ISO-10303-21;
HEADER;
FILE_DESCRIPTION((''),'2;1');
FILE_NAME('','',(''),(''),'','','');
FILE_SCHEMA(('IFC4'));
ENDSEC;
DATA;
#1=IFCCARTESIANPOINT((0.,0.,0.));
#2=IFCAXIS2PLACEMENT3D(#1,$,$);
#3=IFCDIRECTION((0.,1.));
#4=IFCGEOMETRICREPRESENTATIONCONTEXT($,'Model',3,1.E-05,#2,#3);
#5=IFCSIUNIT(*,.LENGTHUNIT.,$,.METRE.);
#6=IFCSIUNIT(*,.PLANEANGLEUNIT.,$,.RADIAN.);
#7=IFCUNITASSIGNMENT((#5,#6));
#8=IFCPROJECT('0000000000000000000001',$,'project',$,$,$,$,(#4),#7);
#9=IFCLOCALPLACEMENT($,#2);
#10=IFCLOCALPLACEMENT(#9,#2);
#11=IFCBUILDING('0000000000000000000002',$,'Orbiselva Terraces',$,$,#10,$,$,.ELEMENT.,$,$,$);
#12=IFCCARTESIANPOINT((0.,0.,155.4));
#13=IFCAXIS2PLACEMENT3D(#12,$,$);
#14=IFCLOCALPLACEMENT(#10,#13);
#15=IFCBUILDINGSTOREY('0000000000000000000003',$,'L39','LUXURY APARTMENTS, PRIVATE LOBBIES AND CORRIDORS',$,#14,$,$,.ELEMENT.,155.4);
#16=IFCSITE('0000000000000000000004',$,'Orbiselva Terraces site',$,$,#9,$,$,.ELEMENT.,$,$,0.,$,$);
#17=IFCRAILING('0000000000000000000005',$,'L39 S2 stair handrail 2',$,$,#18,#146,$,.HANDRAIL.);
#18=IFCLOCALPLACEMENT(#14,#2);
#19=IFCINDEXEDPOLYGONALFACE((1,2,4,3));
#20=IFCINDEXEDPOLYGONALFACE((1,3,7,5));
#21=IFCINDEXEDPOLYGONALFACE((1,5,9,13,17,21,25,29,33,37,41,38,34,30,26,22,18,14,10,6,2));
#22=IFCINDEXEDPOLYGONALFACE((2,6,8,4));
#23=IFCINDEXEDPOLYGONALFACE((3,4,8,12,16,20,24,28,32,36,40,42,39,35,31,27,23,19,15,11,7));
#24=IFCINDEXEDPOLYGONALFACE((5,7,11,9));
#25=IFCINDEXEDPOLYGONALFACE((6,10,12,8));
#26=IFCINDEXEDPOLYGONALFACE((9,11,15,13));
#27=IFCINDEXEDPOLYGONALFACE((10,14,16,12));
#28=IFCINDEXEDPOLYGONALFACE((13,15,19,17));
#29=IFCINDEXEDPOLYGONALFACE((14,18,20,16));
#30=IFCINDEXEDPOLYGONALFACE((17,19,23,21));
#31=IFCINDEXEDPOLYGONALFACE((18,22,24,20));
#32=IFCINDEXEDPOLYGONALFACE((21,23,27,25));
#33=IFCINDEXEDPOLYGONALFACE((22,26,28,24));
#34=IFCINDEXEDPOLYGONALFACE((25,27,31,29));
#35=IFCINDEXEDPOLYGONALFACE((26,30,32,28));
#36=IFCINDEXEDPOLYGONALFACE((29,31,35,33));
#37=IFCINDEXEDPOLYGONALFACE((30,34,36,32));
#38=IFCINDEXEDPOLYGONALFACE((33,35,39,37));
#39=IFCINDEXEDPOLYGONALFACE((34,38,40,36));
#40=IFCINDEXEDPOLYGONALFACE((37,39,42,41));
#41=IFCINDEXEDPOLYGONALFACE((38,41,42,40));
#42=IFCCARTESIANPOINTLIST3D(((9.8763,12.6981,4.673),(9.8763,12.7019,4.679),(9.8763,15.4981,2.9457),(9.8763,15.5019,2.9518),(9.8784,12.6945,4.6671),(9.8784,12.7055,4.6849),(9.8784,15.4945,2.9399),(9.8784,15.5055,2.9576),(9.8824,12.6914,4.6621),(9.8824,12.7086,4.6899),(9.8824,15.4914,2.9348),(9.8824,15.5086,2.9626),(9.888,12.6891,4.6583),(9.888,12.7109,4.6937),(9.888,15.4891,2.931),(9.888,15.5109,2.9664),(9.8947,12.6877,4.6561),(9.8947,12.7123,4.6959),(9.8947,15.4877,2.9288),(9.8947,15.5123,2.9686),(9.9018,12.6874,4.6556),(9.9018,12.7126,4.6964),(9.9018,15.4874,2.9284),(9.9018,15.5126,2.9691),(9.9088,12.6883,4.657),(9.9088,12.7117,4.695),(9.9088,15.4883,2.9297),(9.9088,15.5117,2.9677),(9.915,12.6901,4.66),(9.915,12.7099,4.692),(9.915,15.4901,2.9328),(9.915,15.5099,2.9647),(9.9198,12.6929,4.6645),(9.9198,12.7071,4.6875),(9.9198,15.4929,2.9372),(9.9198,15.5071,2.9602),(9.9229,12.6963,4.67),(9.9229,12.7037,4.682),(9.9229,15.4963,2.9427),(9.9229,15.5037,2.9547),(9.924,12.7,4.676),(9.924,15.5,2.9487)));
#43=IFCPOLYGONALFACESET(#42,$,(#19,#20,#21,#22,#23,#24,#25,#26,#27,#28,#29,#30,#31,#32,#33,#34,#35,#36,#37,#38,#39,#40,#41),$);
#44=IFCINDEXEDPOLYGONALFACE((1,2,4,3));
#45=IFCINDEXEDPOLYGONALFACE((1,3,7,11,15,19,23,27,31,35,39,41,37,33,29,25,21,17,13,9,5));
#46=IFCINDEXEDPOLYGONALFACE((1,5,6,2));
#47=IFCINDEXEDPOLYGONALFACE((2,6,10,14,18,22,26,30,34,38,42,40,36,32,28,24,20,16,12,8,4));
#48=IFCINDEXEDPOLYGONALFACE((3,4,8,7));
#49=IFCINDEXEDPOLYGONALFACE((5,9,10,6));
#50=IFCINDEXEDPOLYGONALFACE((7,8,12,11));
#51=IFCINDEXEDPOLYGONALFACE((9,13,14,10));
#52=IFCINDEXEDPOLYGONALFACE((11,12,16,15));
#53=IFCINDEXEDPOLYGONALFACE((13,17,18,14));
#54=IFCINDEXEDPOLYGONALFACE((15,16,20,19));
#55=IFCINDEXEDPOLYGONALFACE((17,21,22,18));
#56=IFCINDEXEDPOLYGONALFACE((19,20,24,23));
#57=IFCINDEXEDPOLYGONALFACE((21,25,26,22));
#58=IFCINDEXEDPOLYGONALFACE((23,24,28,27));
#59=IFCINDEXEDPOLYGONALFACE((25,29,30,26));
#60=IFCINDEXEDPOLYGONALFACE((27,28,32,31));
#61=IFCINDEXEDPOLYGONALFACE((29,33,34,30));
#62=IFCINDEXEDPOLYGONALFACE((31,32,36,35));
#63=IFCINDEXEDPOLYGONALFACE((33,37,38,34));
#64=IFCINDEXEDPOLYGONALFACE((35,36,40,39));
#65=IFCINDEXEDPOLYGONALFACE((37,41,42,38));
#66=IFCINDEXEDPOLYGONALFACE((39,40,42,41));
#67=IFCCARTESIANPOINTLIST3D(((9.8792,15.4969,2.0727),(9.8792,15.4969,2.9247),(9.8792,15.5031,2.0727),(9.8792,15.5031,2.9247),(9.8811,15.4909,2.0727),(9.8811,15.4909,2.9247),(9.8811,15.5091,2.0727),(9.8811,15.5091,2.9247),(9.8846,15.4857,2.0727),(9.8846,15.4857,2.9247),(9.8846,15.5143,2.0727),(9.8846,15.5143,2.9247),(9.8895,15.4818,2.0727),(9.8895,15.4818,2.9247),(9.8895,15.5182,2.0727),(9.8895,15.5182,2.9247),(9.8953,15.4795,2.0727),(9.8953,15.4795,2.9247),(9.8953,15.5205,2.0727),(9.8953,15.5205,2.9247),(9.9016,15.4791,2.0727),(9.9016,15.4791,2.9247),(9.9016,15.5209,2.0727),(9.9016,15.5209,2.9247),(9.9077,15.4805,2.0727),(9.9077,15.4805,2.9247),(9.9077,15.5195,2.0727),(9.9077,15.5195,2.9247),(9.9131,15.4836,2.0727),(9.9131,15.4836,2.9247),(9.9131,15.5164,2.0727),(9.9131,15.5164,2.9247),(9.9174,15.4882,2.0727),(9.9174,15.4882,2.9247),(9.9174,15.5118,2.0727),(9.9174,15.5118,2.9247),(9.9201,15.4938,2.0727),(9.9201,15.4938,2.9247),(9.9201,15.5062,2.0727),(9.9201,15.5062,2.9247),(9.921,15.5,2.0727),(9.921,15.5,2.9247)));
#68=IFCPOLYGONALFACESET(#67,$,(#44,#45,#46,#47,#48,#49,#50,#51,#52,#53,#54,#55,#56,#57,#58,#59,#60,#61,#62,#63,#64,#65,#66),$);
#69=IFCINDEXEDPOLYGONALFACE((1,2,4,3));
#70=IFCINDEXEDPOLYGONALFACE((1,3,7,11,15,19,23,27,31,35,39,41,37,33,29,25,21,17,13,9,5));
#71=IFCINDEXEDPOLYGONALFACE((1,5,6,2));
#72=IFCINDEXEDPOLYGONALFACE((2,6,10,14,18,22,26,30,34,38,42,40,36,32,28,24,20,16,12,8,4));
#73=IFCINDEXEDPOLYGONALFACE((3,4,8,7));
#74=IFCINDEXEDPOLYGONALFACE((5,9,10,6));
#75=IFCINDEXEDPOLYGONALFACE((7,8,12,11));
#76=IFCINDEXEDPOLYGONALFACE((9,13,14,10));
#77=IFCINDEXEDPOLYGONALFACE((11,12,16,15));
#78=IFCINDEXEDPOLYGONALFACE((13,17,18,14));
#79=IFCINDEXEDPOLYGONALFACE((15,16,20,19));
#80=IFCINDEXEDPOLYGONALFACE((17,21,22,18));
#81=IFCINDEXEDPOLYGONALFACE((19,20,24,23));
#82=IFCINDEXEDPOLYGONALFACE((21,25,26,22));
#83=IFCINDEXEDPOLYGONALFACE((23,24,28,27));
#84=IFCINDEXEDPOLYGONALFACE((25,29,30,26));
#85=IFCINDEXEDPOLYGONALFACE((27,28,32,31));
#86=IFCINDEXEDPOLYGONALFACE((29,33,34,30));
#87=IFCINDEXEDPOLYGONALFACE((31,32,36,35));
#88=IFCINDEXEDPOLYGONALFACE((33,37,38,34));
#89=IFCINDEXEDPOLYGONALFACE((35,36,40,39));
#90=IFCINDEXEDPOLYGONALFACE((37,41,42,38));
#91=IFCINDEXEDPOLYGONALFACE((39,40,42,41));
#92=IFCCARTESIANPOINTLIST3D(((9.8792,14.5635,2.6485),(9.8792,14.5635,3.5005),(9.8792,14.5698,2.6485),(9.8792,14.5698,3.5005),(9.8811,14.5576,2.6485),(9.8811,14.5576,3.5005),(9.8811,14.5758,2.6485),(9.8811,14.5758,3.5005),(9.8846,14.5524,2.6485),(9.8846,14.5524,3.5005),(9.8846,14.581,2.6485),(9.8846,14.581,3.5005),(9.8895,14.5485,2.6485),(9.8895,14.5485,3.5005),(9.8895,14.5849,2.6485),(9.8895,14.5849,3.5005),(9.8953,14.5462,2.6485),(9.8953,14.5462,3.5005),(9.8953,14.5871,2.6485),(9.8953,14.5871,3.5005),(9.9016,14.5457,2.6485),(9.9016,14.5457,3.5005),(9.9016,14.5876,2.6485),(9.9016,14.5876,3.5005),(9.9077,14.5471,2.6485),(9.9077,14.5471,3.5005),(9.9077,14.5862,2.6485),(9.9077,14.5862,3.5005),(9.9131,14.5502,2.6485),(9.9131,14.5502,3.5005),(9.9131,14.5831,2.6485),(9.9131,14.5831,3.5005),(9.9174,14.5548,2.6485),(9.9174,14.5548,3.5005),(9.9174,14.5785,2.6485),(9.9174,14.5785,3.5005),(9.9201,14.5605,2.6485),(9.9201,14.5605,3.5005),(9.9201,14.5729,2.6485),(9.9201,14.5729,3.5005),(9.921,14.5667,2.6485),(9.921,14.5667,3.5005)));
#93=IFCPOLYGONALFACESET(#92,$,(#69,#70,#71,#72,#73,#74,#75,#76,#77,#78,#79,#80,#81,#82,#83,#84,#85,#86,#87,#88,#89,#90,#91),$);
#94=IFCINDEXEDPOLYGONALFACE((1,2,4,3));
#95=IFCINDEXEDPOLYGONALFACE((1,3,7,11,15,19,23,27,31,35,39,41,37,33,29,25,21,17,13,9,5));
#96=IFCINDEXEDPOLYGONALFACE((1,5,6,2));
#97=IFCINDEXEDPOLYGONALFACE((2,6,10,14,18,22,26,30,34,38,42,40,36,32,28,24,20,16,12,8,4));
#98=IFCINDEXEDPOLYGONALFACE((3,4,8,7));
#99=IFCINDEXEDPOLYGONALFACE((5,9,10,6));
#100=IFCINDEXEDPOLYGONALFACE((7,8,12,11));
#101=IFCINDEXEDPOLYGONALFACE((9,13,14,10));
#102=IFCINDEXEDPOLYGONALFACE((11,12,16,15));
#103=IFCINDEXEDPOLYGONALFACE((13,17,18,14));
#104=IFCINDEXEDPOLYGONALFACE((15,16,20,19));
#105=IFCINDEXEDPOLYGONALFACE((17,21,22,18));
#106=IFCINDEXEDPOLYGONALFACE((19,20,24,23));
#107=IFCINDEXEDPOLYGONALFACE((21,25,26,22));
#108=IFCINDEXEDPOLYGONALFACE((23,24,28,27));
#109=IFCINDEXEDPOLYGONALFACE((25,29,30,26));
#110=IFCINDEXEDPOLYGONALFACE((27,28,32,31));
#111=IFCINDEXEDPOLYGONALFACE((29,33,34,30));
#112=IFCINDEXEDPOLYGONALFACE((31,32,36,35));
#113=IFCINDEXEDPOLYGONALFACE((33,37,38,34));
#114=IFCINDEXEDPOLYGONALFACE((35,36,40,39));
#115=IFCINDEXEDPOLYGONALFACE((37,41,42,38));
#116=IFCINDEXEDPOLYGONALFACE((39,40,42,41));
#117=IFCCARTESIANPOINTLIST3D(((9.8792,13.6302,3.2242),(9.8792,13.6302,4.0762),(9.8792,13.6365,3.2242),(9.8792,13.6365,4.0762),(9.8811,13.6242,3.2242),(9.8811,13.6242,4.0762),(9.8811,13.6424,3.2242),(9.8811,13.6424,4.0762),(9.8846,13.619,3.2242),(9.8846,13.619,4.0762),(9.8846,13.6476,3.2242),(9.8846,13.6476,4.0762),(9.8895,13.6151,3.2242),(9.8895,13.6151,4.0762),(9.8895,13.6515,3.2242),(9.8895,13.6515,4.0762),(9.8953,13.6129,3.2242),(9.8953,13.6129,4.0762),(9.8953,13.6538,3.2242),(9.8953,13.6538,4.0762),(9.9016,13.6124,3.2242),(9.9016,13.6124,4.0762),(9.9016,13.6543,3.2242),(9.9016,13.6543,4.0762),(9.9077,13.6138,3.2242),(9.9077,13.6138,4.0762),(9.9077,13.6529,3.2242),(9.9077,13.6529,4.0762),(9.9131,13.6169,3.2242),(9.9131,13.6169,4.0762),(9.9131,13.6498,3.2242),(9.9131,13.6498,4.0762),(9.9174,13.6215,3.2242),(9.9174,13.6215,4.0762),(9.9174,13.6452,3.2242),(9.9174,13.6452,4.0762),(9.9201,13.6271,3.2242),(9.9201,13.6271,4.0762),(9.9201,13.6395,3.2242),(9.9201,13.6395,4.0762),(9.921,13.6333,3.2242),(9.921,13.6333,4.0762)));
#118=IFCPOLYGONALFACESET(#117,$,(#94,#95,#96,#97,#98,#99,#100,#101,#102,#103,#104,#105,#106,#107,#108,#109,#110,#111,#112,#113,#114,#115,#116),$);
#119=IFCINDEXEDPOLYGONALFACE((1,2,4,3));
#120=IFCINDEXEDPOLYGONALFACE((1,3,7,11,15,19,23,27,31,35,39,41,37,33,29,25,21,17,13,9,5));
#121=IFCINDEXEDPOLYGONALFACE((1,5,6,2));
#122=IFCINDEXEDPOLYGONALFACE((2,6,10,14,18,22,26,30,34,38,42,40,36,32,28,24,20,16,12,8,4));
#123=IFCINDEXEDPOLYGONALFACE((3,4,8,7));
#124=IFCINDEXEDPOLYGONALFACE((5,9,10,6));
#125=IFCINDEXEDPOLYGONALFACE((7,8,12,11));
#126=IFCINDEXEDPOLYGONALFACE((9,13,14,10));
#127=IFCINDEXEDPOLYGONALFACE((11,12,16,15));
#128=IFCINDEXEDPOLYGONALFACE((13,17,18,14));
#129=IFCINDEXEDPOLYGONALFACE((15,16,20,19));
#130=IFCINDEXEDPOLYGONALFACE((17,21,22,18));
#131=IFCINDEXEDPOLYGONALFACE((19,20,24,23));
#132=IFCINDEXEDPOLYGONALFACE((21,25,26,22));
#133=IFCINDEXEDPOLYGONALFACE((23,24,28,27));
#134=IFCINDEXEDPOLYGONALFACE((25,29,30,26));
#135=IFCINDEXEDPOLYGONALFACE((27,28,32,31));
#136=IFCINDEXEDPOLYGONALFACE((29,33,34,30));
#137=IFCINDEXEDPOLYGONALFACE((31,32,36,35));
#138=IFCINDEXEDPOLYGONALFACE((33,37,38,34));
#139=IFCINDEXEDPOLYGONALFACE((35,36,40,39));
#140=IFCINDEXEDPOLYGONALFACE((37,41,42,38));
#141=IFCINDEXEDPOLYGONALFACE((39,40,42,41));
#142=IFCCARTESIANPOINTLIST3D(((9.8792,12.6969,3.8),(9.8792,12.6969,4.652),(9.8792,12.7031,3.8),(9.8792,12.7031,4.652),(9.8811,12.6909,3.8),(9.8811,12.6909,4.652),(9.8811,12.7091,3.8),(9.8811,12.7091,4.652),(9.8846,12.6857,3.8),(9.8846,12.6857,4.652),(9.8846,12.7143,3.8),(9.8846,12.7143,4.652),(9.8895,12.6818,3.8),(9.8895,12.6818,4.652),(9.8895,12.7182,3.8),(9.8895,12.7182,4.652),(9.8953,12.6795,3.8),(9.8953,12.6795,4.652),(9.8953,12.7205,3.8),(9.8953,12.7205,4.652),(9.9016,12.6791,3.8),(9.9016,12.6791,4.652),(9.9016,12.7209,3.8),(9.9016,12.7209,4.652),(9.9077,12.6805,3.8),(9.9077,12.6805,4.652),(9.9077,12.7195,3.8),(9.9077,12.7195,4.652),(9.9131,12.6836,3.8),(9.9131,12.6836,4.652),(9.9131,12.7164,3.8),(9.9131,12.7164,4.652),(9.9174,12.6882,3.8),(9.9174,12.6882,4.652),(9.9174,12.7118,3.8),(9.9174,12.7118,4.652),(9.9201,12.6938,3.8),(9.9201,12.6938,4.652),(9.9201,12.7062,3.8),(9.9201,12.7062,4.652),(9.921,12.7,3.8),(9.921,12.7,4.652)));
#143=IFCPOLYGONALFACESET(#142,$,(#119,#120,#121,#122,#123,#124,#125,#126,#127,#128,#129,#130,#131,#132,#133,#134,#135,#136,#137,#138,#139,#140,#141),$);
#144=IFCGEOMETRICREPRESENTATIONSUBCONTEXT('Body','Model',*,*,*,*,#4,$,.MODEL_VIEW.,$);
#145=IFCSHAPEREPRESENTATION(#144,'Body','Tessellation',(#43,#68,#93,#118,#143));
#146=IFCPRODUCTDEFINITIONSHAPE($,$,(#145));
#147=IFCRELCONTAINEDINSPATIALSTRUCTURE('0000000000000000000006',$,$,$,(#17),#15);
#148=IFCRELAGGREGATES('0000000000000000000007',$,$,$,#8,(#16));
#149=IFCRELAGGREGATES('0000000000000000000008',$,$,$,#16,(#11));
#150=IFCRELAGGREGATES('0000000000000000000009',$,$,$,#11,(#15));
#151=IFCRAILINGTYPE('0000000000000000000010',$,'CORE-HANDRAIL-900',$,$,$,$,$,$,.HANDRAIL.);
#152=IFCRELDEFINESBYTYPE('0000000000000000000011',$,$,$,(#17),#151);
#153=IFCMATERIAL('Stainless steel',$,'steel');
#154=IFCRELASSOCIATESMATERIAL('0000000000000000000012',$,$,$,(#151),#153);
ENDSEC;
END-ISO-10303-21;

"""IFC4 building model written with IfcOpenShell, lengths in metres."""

from ifc_helpers import new_model, si_unit, direction, frame, origin, origin_2d, place, context, subcontext, project, spatial, circle, extrude, material, type_object, element, save


model = new_model("IFC4")

# Units and contexts
model_context = context("Model", 3, precision=1e-05, world=origin(), true_north=direction((0.0, 1.0)))
body_context = subcontext(model_context, "Body", "Model", "MODEL_VIEW")
ifc_project = project(units=[si_unit("LENGTHUNIT", "METRE"), si_unit("PLANEANGLEUNIT", "RADIAN")], contexts=[model_context])

# Site, building, storey
site_placement = place(None, origin())
site = spatial("IfcSite", under=ifc_project, at=site_placement, Name="Orbiselva Terraces site", CompositionType="ELEMENT", RefElevation=0.0)
building_placement = place(site_placement, origin())
building = spatial("IfcBuilding", under=site, at=building_placement, Name="Orbiselva Terraces", CompositionType="ELEMENT")
storey_placement = place(building_placement, frame((0.0, 0.0, 155.4)))
storey = spatial("IfcBuildingStorey", under=building, at=storey_placement, Name="L39", Description="LUXURY APARTMENTS, PRIVATE LOBBIES AND CORRIDORS", CompositionType="ELEMENT", Elevation=155.4)

# Railing
ifc_material_1 = material(Name="Stainless steel", Category="steel")
railing_type = type_object("IfcRailingType", Name="CORE-HANDRAIL-900", PredefinedType="HANDRAIL", material=ifc_material_1)
railing_placement = place(storey_placement, frame((9.9, 15.5, 2.0727)))
element("IfcRailing", 1, at=railing_placement, inside=storey, type_object=railing_type, Name="L39 S2 stair handrail 2", PredefinedType="HANDRAIL", context=body_context, shape_type="SweptSolid", body=[
    extrude(circle(Radius=0.024, at=origin_2d()), frame((0.0, 0.0, 0.876), z_axis=(0.0, -0.851089, 0.525022), x_axis=(1.0, 0.0, 0.0)), (0.0, 0.0, 1.0), 3.2899),
    extrude(circle(Radius=0.021, at=origin_2d()), origin(), (0.0, 0.0, 1.0), 0.852),
    extrude(circle(Radius=0.021, at=origin_2d()), frame((0.0, -0.9333, 0.5758)), (0.0, 0.0, 1.0), 0.852),
    extrude(circle(Radius=0.021, at=origin_2d()), frame((0.0, -1.8667, 1.1515)), (0.0, 0.0, 1.0), 0.852),
    extrude(circle(Radius=0.021, at=origin_2d()), frame((0.0, -2.8, 1.7273)), (0.0, 0.0, 1.0), 0.852),
])

save(model, "model.ifc")
